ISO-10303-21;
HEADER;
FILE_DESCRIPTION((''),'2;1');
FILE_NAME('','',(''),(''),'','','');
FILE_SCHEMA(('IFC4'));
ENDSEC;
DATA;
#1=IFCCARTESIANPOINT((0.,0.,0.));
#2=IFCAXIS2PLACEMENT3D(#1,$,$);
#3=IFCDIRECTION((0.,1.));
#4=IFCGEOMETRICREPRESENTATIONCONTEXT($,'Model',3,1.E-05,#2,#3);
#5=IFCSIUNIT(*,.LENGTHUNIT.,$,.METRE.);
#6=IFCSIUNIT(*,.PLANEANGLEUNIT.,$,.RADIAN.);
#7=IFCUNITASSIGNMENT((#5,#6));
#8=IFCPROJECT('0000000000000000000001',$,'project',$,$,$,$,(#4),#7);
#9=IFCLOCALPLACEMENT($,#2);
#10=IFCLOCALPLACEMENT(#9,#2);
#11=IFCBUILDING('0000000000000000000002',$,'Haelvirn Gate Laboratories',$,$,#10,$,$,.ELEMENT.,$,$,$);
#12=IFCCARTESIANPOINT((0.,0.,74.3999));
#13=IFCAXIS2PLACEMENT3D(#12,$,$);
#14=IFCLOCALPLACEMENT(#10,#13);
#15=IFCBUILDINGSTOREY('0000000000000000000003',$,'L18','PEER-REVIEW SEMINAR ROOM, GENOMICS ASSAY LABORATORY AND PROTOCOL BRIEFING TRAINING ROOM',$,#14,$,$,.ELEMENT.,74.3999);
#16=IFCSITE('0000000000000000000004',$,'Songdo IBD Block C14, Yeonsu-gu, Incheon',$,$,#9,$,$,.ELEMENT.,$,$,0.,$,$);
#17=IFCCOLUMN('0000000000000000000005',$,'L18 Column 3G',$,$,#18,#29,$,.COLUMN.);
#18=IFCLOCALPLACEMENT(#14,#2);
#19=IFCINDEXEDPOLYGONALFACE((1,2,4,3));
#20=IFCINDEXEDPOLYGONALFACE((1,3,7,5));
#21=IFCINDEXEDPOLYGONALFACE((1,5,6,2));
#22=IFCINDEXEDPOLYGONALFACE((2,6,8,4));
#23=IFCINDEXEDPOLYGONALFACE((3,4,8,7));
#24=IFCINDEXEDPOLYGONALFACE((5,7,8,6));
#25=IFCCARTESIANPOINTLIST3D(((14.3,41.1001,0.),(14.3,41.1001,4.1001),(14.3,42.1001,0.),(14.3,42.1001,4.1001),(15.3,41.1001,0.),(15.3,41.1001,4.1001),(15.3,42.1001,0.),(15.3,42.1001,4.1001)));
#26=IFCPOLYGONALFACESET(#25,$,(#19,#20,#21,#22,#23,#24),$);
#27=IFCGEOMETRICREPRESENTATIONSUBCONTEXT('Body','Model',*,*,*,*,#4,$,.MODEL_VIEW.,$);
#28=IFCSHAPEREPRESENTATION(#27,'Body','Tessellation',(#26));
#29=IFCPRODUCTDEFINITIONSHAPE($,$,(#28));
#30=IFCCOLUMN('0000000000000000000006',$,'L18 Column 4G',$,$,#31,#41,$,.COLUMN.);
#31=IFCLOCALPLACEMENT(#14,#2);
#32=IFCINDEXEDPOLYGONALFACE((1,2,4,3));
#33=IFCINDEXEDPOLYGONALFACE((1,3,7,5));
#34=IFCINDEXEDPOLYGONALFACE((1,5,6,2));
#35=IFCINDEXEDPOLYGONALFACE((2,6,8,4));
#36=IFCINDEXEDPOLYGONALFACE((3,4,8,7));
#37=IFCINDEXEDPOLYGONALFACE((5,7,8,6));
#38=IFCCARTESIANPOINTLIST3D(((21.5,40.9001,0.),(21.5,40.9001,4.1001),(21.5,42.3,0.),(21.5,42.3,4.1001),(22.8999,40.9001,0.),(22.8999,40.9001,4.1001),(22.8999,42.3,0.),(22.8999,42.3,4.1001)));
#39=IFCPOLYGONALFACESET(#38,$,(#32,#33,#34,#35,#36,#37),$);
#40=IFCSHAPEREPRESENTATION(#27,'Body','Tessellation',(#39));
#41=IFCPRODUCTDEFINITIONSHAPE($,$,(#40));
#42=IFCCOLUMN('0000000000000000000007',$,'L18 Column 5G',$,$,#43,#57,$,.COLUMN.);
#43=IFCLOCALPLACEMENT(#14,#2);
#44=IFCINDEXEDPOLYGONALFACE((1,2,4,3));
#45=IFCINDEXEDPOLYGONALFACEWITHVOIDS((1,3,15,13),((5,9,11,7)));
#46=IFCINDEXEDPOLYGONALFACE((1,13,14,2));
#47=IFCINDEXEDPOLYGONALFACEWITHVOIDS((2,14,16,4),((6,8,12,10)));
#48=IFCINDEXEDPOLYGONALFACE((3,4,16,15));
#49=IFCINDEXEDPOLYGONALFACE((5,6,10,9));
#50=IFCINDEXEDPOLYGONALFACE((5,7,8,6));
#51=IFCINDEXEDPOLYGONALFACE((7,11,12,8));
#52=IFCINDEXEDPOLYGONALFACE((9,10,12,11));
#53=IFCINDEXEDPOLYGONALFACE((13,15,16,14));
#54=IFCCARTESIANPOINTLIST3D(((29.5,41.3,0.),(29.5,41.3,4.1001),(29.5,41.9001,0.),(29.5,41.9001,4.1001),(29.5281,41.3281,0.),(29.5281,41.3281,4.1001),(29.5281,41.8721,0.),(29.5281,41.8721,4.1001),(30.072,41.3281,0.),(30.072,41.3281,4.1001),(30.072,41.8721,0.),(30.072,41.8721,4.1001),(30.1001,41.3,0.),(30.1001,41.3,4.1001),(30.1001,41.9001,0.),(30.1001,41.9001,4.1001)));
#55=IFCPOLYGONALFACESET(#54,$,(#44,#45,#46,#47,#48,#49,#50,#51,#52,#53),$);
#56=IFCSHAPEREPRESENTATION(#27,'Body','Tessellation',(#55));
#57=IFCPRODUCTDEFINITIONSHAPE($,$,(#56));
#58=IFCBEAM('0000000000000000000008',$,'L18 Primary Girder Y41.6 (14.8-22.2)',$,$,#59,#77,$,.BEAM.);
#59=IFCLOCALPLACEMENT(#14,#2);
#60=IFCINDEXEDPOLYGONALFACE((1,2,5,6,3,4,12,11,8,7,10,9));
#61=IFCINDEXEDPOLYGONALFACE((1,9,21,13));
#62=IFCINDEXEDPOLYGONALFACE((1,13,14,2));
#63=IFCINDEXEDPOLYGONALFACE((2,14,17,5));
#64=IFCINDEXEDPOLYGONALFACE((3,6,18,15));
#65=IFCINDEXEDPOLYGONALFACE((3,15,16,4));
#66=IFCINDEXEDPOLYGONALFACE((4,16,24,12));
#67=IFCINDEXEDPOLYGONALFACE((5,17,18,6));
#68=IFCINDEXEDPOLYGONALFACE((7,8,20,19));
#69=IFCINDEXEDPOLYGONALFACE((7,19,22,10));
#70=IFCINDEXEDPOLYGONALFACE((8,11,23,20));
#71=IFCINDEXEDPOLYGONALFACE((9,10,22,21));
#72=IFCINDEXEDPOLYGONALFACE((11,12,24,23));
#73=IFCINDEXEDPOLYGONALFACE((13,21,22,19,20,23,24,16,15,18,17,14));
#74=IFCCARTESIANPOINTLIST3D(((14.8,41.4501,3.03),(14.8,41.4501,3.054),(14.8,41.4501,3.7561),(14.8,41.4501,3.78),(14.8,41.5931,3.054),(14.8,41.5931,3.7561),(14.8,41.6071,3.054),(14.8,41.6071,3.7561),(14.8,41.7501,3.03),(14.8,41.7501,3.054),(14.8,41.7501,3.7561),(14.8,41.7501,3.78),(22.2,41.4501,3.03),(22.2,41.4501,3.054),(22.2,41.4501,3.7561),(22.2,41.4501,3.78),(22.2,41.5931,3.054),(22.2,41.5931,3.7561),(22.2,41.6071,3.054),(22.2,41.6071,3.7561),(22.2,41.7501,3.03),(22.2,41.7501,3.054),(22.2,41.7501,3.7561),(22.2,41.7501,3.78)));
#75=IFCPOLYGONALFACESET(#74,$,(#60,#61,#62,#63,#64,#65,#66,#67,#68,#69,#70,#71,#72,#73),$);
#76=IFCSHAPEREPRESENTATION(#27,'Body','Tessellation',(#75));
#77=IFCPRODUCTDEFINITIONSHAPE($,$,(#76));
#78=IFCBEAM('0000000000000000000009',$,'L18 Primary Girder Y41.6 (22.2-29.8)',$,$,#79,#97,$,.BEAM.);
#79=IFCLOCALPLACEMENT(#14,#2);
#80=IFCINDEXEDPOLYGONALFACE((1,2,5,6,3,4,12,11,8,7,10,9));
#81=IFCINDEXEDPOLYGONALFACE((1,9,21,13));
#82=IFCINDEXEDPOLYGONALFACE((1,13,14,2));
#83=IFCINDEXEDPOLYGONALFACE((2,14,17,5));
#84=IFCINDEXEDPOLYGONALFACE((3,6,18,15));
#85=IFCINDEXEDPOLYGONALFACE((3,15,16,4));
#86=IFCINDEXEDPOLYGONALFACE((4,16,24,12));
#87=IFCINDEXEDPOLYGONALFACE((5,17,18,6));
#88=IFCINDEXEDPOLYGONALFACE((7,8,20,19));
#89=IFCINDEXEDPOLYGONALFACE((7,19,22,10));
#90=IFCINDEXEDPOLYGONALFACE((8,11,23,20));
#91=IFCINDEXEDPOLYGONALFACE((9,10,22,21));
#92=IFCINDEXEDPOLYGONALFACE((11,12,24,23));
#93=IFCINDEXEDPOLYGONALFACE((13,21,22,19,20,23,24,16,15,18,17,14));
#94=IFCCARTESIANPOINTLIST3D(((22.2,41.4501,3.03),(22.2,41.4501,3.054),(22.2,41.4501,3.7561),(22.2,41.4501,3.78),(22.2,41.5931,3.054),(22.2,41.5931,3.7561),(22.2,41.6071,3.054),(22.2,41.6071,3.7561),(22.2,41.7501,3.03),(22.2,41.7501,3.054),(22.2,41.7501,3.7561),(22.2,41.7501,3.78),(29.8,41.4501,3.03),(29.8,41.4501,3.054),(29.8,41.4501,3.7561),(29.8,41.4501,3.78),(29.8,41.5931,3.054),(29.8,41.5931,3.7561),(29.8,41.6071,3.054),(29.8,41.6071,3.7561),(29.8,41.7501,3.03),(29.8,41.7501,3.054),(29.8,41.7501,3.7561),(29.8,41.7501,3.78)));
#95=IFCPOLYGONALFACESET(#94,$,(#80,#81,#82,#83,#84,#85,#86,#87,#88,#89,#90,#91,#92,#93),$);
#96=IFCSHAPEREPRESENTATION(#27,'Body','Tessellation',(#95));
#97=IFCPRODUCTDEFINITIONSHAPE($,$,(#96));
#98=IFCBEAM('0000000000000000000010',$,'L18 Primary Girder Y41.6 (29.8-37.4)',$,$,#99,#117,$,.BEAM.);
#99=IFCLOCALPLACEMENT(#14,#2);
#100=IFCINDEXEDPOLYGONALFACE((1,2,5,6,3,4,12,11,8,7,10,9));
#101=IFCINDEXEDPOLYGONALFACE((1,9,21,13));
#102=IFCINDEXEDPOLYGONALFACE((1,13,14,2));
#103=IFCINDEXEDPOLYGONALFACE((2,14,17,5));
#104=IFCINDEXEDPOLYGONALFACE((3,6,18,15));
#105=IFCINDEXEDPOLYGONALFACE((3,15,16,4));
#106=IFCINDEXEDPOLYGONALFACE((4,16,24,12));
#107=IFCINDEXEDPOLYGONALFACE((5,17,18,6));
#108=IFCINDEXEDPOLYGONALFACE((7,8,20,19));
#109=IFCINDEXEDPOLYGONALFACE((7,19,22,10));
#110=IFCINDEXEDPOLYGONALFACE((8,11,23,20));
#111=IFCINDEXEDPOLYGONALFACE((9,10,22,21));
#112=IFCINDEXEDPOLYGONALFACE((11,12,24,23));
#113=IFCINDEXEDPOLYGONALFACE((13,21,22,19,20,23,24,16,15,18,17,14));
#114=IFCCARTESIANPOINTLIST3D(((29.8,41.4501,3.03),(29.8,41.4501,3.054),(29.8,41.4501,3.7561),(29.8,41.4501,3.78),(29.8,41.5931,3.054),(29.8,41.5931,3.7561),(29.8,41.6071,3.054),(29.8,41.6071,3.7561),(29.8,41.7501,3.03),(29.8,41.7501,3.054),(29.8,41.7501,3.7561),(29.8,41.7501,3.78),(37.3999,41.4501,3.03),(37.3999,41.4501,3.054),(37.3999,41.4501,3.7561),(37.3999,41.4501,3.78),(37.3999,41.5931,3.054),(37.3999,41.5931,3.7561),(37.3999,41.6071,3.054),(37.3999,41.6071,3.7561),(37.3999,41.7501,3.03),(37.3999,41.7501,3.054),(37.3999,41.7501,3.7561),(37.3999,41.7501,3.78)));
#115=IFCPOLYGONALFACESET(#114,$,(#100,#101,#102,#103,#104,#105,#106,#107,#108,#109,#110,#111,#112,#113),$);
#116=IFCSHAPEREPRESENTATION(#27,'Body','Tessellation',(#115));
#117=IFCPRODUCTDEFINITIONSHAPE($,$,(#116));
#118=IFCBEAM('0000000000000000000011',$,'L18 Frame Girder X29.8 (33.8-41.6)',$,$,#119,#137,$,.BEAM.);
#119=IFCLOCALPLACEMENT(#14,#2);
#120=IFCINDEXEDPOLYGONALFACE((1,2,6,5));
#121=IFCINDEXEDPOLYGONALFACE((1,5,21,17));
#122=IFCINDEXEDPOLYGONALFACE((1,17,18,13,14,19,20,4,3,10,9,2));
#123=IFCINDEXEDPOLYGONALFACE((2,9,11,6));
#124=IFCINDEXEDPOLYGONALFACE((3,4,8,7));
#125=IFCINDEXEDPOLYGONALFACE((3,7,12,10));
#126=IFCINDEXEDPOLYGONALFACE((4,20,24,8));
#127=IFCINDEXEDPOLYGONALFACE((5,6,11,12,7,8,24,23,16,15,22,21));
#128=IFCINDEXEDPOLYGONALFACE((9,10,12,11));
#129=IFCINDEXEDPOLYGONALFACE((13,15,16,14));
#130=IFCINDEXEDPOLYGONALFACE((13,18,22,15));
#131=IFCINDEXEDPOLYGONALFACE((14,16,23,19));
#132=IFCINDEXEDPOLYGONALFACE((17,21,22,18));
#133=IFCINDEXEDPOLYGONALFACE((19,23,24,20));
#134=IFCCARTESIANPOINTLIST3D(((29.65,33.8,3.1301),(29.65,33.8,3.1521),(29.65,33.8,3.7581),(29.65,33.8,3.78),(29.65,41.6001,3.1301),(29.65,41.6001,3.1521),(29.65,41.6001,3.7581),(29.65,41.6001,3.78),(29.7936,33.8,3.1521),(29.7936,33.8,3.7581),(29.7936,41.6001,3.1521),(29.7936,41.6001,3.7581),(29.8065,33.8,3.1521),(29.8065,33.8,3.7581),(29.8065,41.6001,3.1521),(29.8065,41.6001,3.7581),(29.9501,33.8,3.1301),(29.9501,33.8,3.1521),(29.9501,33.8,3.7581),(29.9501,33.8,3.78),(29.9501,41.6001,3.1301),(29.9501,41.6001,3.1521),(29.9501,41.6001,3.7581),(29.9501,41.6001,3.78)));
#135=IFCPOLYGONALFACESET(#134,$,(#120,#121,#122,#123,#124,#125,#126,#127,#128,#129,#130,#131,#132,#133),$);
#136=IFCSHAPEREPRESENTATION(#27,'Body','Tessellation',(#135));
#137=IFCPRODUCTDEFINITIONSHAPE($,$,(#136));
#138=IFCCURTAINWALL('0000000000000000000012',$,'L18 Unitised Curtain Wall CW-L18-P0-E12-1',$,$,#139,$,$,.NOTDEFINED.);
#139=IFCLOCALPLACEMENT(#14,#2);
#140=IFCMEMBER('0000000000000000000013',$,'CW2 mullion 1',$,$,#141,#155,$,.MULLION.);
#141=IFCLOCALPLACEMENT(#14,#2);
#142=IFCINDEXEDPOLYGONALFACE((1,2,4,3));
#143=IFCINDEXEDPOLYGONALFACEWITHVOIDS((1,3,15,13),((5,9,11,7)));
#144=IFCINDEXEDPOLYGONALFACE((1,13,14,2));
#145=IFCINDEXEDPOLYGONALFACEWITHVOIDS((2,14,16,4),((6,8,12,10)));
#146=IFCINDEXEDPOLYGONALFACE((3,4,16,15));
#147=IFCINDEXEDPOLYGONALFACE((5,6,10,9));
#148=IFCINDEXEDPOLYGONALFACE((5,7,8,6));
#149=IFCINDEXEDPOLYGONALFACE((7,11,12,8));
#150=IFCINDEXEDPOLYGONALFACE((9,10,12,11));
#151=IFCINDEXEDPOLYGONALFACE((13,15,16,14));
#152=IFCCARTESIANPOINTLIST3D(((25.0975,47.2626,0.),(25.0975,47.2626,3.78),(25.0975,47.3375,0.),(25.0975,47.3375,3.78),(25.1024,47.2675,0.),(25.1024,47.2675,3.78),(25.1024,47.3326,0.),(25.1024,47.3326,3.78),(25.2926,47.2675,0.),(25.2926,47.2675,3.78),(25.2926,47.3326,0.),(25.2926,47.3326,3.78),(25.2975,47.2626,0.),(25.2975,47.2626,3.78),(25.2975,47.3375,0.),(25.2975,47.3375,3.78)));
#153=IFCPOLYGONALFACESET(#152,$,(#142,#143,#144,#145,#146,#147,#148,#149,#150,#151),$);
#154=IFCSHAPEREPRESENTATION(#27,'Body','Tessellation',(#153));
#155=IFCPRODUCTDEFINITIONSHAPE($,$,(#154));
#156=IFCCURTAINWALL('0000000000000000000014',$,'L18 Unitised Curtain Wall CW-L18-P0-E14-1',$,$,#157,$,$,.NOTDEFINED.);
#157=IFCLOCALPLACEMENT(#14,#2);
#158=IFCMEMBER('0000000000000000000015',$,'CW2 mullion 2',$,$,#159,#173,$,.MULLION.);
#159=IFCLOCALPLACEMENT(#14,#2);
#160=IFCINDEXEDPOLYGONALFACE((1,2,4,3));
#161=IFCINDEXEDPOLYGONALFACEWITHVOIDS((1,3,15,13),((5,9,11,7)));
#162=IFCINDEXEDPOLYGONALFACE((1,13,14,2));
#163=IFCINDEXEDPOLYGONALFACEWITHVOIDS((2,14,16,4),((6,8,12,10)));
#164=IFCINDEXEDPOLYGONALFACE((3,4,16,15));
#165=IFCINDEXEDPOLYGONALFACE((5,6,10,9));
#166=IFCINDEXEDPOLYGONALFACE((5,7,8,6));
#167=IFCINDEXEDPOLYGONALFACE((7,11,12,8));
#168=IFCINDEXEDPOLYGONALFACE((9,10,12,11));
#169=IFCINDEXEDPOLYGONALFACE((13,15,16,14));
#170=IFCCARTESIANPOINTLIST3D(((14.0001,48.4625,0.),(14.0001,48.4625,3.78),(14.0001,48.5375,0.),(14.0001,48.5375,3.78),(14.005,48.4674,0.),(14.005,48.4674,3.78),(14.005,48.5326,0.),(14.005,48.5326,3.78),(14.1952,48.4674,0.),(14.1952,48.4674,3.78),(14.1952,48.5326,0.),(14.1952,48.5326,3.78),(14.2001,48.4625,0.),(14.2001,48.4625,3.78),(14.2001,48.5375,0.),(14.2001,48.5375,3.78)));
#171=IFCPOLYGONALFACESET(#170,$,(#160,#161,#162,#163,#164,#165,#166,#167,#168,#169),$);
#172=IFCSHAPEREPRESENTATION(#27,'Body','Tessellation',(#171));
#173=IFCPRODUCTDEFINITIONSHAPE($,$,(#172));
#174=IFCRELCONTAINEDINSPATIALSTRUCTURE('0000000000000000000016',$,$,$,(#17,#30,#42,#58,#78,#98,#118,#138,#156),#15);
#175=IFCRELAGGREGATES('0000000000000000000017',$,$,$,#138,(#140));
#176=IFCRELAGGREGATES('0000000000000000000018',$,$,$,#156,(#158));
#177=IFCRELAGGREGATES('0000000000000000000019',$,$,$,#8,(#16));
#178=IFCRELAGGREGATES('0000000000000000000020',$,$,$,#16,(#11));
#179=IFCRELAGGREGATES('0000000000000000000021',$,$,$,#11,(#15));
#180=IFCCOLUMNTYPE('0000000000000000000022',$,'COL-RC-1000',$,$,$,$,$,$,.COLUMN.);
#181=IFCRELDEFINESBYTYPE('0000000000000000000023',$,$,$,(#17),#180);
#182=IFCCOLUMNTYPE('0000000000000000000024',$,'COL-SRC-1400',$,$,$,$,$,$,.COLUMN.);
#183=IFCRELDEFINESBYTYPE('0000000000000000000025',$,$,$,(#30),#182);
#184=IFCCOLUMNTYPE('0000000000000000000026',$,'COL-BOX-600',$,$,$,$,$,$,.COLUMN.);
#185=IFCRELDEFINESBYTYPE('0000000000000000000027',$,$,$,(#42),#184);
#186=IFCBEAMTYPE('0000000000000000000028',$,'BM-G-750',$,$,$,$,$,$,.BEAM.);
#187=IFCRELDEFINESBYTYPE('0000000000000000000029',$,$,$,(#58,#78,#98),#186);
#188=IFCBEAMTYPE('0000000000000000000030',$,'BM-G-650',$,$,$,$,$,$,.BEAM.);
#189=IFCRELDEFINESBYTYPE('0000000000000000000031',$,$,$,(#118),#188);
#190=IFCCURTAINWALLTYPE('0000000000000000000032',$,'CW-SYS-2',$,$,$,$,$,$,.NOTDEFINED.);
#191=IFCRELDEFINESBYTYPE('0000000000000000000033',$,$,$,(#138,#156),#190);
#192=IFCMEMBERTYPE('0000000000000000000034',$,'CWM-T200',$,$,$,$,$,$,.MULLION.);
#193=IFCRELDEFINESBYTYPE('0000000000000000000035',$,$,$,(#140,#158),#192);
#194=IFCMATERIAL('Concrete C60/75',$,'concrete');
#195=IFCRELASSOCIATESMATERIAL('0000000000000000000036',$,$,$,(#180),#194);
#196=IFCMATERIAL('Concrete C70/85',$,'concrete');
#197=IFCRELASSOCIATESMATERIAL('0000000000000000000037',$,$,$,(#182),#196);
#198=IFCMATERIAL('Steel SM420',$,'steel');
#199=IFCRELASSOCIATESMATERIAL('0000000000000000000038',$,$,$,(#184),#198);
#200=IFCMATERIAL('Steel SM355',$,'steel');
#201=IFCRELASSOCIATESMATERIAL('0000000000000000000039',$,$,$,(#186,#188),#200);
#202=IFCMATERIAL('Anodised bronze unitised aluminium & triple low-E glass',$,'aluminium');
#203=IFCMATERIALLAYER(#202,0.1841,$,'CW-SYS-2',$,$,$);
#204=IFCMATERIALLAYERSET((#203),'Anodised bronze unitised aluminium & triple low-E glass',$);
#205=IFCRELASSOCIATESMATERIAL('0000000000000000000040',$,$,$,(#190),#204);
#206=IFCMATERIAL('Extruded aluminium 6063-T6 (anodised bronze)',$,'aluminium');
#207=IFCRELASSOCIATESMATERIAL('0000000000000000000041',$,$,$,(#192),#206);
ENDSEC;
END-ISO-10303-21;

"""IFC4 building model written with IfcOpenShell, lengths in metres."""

from ifc_helpers import new_model, si_unit, direction, frame, origin, origin_2d, place, context, subcontext, project, spatial, rectangle, hollow_rectangle, i_section, extrude, source, transform, mapped, material, layer, layer_set, material_profile, profile_set, type_object, type_shapes, element, aggregate, save


model = new_model("IFC4")

# Units and contexts
model_context = context("Model", 3, precision=1e-05, world=origin(), true_north=direction((0.0, 1.0)))
body_context = subcontext(model_context, "Body", "Model", "MODEL_VIEW")
ifc_project = project(units=[si_unit("LENGTHUNIT", "METRE"), si_unit("PLANEANGLEUNIT", "RADIAN")], contexts=[model_context])

# Site, building, storey
site_placement = place(None, origin())
site = spatial("IfcSite", under=ifc_project, at=site_placement, Name="Songdo IBD Block C14, Yeonsu-gu, Incheon", CompositionType="ELEMENT", RefElevation=0.0)
building_placement = place(site_placement, origin())
building = spatial("IfcBuilding", under=site, at=building_placement, Name="Haelvirn Gate Laboratories", CompositionType="ELEMENT")
storey_placement = place(building_placement, frame((0.0, 0.0, 74.3999)))
storey = spatial("IfcBuildingStorey", under=building, at=storey_placement, Name="L18", Description="PEER-REVIEW SEMINAR ROOM, GENOMICS ASSAY LABORATORY AND PROTOCOL BRIEFING TRAINING ROOM", CompositionType="ELEMENT", Elevation=74.3999)

# Columns
ifc_material_1 = material(Name="Concrete C60/75", Category="concrete")
ifc_material_profile_1 = material_profile(ifc_material_1, rectangle(XDim=1.0, YDim=1.0, at=origin_2d()), Name="RC-1000x1000")
ifc_profile_set_1 = profile_set([ifc_material_profile_1], Name="Concrete C60/75")
column_type_1 = type_object("IfcColumnType", Name="COL-RC-1000", PredefinedType="COLUMN", material=ifc_profile_set_1)
shared_shape_1 = source(origin(), body_context, "Body", "SweptSolid", [
    extrude(rectangle(XDim=1.0, YDim=1.0, at=origin_2d()), origin(), (0.0, 0.0, 1.0), 4.1001),
])
type_shapes(column_type_1, [shared_shape_1])
column_1_placement = place(storey_placement, frame((14.8, 41.6001, 0.0), z_axis=(0.0, 0.0, 1.0), x_axis=(1.0, 0.0, 0.0)))
element("IfcColumn", 1, at=column_1_placement, inside=storey, type_object=column_type_1, Name="L18 Column 3G", PredefinedType="COLUMN", context=body_context, shape_type="MappedRepresentation", body=[
    mapped(shared_shape_1, transform((0.0, 0.0, 0.0), scale=1.0)),
])
ifc_material_2 = material(Name="Concrete C70/85", Category="concrete")
ifc_material_profile_2 = material_profile(ifc_material_2, rectangle(XDim=1.3999, YDim=1.3999, at=origin_2d()), Name="SRC-1400x1400")
ifc_profile_set_2 = profile_set([ifc_material_profile_2], Name="Concrete C70/85")
column_type_2 = type_object("IfcColumnType", Name="COL-SRC-1400", PredefinedType="COLUMN", material=ifc_profile_set_2)
shared_shape_2 = source(origin(), body_context, "Body", "SweptSolid", [
    extrude(rectangle(XDim=1.3999, YDim=1.3999, at=origin_2d()), origin(), (0.0, 0.0, 1.0), 4.1001),
])
type_shapes(column_type_2, [shared_shape_2])
column_2_placement = place(storey_placement, frame((22.2, 41.6001, 0.0), z_axis=(0.0, 0.0, 1.0), x_axis=(1.0, 0.0, 0.0)))
element("IfcColumn", 2, at=column_2_placement, inside=storey, type_object=column_type_2, Name="L18 Column 4G", PredefinedType="COLUMN", context=body_context, shape_type="MappedRepresentation", body=[
    mapped(shared_shape_2, transform((0.0, 0.0, 0.0), scale=1.0)),
])
ifc_material_3 = material(Name="Steel SM420", Category="steel")
ifc_material_profile_3 = material_profile(ifc_material_3, hollow_rectangle(XDim=0.6001, YDim=0.6001, WallThickness=0.0281, at=origin_2d()), Name="BOX-600x600x28")
ifc_profile_set_3 = profile_set([ifc_material_profile_3], Name="Steel SM420")
column_type_3 = type_object("IfcColumnType", Name="COL-BOX-600", PredefinedType="COLUMN", material=ifc_profile_set_3)
shared_shape_3 = source(origin(), body_context, "Body", "SweptSolid", [
    extrude(hollow_rectangle(XDim=0.6001, YDim=0.6001, WallThickness=0.0281, at=origin_2d()), origin(), (0.0, 0.0, 1.0), 4.1001),
])
type_shapes(column_type_3, [shared_shape_3])
column_3_placement = place(storey_placement, frame((29.8, 41.6001, 0.0), z_axis=(0.0, 0.0, 1.0), x_axis=(1.0, 0.0, 0.0)))
element("IfcColumn", 3, at=column_3_placement, inside=storey, type_object=column_type_3, Name="L18 Column 5G", PredefinedType="COLUMN", context=body_context, shape_type="MappedRepresentation", body=[
    mapped(shared_shape_3, transform((0.0, 0.0, 0.0), scale=1.0)),
])

# Beams
ifc_material_4 = material(Name="Steel SM355", Category="steel")
ifc_material_profile_4 = material_profile(ifc_material_4, i_section(OverallWidth=0.3, OverallDepth=0.75, WebThickness=0.0139, FlangeThickness=0.0239, at=origin_2d()), Name="H-750x300x14x24")
ifc_profile_set_4 = profile_set([ifc_material_profile_4], Name="Steel SM355")
beam_type_1 = type_object("IfcBeamType", Name="BM-G-750", PredefinedType="BEAM", material=ifc_profile_set_4)
shared_shape_4 = source(origin(), body_context, "Body", "SweptSolid", [
    extrude(i_section(OverallWidth=0.3, OverallDepth=0.75, WebThickness=0.0139, FlangeThickness=0.0239, at=origin_2d()), origin(), (0.0, 0.0, 1.0), 7.3999),
])
beam_1_placement = place(storey_placement, frame((14.8, 41.6001, 3.405), z_axis=(1.0, 0.0, 0.0), x_axis=(0.0, 1.0, 0.0)))
element("IfcBeam", 4, at=beam_1_placement, inside=storey, type_object=beam_type_1, Name="L18 Primary Girder Y41.6 (14.8-22.2)", PredefinedType="BEAM", context=body_context, shape_type="MappedRepresentation", body=[
    mapped(shared_shape_4, transform((0.0, 0.0, 0.0), scale=1.0)),
])
shared_shape_5 = source(origin(), body_context, "Body", "SweptSolid", [
    extrude(i_section(OverallWidth=0.3, OverallDepth=0.75, WebThickness=0.0139, FlangeThickness=0.0239, at=origin_2d()), origin(), (0.0, 0.0, 1.0), 7.6001),
])
beam_2_placement = place(storey_placement, frame((22.2, 41.6001, 3.405), z_axis=(1.0, 0.0, 0.0), x_axis=(0.0, 1.0, 0.0)))
element("IfcBeam", 5, at=beam_2_placement, inside=storey, type_object=beam_type_1, Name="L18 Primary Girder Y41.6 (22.2-29.8)", PredefinedType="BEAM", context=body_context, shape_type="MappedRepresentation", body=[
    mapped(shared_shape_5, transform((0.0, 0.0, 0.0), scale=1.0)),
])
shared_shape_6 = source(origin(), body_context, "Body", "SweptSolid", [
    extrude(i_section(OverallWidth=0.3, OverallDepth=0.75, WebThickness=0.0139, FlangeThickness=0.0239, at=origin_2d()), origin(), (0.0, 0.0, 1.0), 7.5999),
])
type_shapes(beam_type_1, [shared_shape_4, shared_shape_5, shared_shape_6])
beam_3_placement = place(storey_placement, frame((29.8, 41.6001, 3.405), z_axis=(1.0, 0.0, 0.0), x_axis=(0.0, 1.0, 0.0)))
element("IfcBeam", 6, at=beam_3_placement, inside=storey, type_object=beam_type_1, Name="L18 Primary Girder Y41.6 (29.8-37.4)", PredefinedType="BEAM", context=body_context, shape_type="MappedRepresentation", body=[
    mapped(shared_shape_6, transform((0.0, 0.0, 0.0), scale=1.0)),
])
ifc_material_profile_5 = material_profile(ifc_material_4, i_section(OverallWidth=0.3, OverallDepth=0.6499, WebThickness=0.0129, FlangeThickness=0.022, at=origin_2d()), Name="H-650x300x13x22")
ifc_profile_set_5 = profile_set([ifc_material_profile_5], Name="Steel SM355")
beam_type_2 = type_object("IfcBeamType", Name="BM-G-650", PredefinedType="BEAM", material=ifc_profile_set_5)
shared_shape_7 = source(origin(), body_context, "Body", "SweptSolid", [
    extrude(i_section(OverallWidth=0.3, OverallDepth=0.6499, WebThickness=0.0129, FlangeThickness=0.022, at=origin_2d()), origin(), (0.0, 0.0, 1.0), 7.8),
])
type_shapes(beam_type_2, [shared_shape_7])
beam_4_placement = place(storey_placement, frame((29.8, 33.8, 3.4551), z_axis=(0.0, 1.0, 0.0), x_axis=(-1.0, 0.0, 0.0)))
element("IfcBeam", 7, at=beam_4_placement, inside=storey, type_object=beam_type_2, Name="L18 Frame Girder X29.8 (33.8-41.6)", PredefinedType="BEAM", context=body_context, shape_type="MappedRepresentation", body=[
    mapped(shared_shape_7, transform((0.0, 0.0, 0.0), scale=1.0)),
])

# Curtain wall, member
ifc_material_5 = material(Name="Anodised bronze unitised aluminium & triple low-E glass", Category="aluminium")
ifc_layer_1 = layer(ifc_material_5, 0.1841, Name="CW-SYS-2")
ifc_layer_set_1 = layer_set([ifc_layer_1], Name="Anodised bronze unitised aluminium & triple low-E glass")
curtain_wall_type = type_object("IfcCurtainWallType", Name="CW-SYS-2", PredefinedType="NOTDEFINED", material=ifc_layer_set_1)
curtain_wall_1_placement = place(storey_placement, origin())
curtain_wall_1 = element("IfcCurtainWall", 8, at=curtain_wall_1_placement, inside=storey, type_object=curtain_wall_type, Name="L18 Unitised Curtain Wall CW-L18-P0-E12-1", PredefinedType="NOTDEFINED")
ifc_material_6 = material(Name="Extruded aluminium 6063-T6 (anodised bronze)", Category="aluminium")
ifc_material_profile_6 = material_profile(ifc_material_6, hollow_rectangle(XDim=0.075, YDim=0.2, WallThickness=0.0049, at=origin_2d()), Name="CWM-200x75x5")
ifc_profile_set_6 = profile_set([ifc_material_profile_6], Name="Extruded aluminium 6063-T6 (anodised bronze)")
member_type_1 = type_object("IfcMemberType", Name="CWM-T200", PredefinedType="MULLION", material=ifc_profile_set_6)
shared_shape_8 = source(origin(), body_context, "Body", "SweptSolid", [
    extrude(hollow_rectangle(XDim=0.075, YDim=0.2, WallThickness=0.0049, at=origin_2d()), origin(), (0.0, 0.0, 1.0), 3.78),
])
type_shapes(member_type_1, [shared_shape_8])
member_1_placement = place(storey_placement, frame((25.1975, 47.3, 0.0), z_axis=(0.0, 0.0, 1.0), x_axis=(0.0, 1.0, 0.0)))
member_1 = element("IfcMember", 9, at=member_1_placement, type_object=member_type_1, Name="CW2 mullion 1", PredefinedType="MULLION", context=body_context, shape_type="MappedRepresentation", body=[
    mapped(shared_shape_8, transform((0.0, 0.0, 0.0), scale=1.0)),
])

# Curtain wall, member
curtain_wall_2_placement = place(storey_placement, origin())
curtain_wall_2 = element("IfcCurtainWall", 10, at=curtain_wall_2_placement, inside=storey, type_object=curtain_wall_type, Name="L18 Unitised Curtain Wall CW-L18-P0-E14-1", PredefinedType="NOTDEFINED")
member_2_placement = place(storey_placement, frame((14.1001, 48.5, 0.0), z_axis=(0.0, 0.0, 1.0), x_axis=(0.0, 1.0, 0.0)))
member_2 = element("IfcMember", 11, at=member_2_placement, type_object=member_type_1, Name="CW2 mullion 2", PredefinedType="MULLION", context=body_context, shape_type="MappedRepresentation", body=[
    mapped(shared_shape_8, transform((0.0, 0.0, 0.0), scale=1.0)),
])

aggregate(curtain_wall_1, [member_1])
aggregate(curtain_wall_2, [member_2])

save(model, "model.ifc")
